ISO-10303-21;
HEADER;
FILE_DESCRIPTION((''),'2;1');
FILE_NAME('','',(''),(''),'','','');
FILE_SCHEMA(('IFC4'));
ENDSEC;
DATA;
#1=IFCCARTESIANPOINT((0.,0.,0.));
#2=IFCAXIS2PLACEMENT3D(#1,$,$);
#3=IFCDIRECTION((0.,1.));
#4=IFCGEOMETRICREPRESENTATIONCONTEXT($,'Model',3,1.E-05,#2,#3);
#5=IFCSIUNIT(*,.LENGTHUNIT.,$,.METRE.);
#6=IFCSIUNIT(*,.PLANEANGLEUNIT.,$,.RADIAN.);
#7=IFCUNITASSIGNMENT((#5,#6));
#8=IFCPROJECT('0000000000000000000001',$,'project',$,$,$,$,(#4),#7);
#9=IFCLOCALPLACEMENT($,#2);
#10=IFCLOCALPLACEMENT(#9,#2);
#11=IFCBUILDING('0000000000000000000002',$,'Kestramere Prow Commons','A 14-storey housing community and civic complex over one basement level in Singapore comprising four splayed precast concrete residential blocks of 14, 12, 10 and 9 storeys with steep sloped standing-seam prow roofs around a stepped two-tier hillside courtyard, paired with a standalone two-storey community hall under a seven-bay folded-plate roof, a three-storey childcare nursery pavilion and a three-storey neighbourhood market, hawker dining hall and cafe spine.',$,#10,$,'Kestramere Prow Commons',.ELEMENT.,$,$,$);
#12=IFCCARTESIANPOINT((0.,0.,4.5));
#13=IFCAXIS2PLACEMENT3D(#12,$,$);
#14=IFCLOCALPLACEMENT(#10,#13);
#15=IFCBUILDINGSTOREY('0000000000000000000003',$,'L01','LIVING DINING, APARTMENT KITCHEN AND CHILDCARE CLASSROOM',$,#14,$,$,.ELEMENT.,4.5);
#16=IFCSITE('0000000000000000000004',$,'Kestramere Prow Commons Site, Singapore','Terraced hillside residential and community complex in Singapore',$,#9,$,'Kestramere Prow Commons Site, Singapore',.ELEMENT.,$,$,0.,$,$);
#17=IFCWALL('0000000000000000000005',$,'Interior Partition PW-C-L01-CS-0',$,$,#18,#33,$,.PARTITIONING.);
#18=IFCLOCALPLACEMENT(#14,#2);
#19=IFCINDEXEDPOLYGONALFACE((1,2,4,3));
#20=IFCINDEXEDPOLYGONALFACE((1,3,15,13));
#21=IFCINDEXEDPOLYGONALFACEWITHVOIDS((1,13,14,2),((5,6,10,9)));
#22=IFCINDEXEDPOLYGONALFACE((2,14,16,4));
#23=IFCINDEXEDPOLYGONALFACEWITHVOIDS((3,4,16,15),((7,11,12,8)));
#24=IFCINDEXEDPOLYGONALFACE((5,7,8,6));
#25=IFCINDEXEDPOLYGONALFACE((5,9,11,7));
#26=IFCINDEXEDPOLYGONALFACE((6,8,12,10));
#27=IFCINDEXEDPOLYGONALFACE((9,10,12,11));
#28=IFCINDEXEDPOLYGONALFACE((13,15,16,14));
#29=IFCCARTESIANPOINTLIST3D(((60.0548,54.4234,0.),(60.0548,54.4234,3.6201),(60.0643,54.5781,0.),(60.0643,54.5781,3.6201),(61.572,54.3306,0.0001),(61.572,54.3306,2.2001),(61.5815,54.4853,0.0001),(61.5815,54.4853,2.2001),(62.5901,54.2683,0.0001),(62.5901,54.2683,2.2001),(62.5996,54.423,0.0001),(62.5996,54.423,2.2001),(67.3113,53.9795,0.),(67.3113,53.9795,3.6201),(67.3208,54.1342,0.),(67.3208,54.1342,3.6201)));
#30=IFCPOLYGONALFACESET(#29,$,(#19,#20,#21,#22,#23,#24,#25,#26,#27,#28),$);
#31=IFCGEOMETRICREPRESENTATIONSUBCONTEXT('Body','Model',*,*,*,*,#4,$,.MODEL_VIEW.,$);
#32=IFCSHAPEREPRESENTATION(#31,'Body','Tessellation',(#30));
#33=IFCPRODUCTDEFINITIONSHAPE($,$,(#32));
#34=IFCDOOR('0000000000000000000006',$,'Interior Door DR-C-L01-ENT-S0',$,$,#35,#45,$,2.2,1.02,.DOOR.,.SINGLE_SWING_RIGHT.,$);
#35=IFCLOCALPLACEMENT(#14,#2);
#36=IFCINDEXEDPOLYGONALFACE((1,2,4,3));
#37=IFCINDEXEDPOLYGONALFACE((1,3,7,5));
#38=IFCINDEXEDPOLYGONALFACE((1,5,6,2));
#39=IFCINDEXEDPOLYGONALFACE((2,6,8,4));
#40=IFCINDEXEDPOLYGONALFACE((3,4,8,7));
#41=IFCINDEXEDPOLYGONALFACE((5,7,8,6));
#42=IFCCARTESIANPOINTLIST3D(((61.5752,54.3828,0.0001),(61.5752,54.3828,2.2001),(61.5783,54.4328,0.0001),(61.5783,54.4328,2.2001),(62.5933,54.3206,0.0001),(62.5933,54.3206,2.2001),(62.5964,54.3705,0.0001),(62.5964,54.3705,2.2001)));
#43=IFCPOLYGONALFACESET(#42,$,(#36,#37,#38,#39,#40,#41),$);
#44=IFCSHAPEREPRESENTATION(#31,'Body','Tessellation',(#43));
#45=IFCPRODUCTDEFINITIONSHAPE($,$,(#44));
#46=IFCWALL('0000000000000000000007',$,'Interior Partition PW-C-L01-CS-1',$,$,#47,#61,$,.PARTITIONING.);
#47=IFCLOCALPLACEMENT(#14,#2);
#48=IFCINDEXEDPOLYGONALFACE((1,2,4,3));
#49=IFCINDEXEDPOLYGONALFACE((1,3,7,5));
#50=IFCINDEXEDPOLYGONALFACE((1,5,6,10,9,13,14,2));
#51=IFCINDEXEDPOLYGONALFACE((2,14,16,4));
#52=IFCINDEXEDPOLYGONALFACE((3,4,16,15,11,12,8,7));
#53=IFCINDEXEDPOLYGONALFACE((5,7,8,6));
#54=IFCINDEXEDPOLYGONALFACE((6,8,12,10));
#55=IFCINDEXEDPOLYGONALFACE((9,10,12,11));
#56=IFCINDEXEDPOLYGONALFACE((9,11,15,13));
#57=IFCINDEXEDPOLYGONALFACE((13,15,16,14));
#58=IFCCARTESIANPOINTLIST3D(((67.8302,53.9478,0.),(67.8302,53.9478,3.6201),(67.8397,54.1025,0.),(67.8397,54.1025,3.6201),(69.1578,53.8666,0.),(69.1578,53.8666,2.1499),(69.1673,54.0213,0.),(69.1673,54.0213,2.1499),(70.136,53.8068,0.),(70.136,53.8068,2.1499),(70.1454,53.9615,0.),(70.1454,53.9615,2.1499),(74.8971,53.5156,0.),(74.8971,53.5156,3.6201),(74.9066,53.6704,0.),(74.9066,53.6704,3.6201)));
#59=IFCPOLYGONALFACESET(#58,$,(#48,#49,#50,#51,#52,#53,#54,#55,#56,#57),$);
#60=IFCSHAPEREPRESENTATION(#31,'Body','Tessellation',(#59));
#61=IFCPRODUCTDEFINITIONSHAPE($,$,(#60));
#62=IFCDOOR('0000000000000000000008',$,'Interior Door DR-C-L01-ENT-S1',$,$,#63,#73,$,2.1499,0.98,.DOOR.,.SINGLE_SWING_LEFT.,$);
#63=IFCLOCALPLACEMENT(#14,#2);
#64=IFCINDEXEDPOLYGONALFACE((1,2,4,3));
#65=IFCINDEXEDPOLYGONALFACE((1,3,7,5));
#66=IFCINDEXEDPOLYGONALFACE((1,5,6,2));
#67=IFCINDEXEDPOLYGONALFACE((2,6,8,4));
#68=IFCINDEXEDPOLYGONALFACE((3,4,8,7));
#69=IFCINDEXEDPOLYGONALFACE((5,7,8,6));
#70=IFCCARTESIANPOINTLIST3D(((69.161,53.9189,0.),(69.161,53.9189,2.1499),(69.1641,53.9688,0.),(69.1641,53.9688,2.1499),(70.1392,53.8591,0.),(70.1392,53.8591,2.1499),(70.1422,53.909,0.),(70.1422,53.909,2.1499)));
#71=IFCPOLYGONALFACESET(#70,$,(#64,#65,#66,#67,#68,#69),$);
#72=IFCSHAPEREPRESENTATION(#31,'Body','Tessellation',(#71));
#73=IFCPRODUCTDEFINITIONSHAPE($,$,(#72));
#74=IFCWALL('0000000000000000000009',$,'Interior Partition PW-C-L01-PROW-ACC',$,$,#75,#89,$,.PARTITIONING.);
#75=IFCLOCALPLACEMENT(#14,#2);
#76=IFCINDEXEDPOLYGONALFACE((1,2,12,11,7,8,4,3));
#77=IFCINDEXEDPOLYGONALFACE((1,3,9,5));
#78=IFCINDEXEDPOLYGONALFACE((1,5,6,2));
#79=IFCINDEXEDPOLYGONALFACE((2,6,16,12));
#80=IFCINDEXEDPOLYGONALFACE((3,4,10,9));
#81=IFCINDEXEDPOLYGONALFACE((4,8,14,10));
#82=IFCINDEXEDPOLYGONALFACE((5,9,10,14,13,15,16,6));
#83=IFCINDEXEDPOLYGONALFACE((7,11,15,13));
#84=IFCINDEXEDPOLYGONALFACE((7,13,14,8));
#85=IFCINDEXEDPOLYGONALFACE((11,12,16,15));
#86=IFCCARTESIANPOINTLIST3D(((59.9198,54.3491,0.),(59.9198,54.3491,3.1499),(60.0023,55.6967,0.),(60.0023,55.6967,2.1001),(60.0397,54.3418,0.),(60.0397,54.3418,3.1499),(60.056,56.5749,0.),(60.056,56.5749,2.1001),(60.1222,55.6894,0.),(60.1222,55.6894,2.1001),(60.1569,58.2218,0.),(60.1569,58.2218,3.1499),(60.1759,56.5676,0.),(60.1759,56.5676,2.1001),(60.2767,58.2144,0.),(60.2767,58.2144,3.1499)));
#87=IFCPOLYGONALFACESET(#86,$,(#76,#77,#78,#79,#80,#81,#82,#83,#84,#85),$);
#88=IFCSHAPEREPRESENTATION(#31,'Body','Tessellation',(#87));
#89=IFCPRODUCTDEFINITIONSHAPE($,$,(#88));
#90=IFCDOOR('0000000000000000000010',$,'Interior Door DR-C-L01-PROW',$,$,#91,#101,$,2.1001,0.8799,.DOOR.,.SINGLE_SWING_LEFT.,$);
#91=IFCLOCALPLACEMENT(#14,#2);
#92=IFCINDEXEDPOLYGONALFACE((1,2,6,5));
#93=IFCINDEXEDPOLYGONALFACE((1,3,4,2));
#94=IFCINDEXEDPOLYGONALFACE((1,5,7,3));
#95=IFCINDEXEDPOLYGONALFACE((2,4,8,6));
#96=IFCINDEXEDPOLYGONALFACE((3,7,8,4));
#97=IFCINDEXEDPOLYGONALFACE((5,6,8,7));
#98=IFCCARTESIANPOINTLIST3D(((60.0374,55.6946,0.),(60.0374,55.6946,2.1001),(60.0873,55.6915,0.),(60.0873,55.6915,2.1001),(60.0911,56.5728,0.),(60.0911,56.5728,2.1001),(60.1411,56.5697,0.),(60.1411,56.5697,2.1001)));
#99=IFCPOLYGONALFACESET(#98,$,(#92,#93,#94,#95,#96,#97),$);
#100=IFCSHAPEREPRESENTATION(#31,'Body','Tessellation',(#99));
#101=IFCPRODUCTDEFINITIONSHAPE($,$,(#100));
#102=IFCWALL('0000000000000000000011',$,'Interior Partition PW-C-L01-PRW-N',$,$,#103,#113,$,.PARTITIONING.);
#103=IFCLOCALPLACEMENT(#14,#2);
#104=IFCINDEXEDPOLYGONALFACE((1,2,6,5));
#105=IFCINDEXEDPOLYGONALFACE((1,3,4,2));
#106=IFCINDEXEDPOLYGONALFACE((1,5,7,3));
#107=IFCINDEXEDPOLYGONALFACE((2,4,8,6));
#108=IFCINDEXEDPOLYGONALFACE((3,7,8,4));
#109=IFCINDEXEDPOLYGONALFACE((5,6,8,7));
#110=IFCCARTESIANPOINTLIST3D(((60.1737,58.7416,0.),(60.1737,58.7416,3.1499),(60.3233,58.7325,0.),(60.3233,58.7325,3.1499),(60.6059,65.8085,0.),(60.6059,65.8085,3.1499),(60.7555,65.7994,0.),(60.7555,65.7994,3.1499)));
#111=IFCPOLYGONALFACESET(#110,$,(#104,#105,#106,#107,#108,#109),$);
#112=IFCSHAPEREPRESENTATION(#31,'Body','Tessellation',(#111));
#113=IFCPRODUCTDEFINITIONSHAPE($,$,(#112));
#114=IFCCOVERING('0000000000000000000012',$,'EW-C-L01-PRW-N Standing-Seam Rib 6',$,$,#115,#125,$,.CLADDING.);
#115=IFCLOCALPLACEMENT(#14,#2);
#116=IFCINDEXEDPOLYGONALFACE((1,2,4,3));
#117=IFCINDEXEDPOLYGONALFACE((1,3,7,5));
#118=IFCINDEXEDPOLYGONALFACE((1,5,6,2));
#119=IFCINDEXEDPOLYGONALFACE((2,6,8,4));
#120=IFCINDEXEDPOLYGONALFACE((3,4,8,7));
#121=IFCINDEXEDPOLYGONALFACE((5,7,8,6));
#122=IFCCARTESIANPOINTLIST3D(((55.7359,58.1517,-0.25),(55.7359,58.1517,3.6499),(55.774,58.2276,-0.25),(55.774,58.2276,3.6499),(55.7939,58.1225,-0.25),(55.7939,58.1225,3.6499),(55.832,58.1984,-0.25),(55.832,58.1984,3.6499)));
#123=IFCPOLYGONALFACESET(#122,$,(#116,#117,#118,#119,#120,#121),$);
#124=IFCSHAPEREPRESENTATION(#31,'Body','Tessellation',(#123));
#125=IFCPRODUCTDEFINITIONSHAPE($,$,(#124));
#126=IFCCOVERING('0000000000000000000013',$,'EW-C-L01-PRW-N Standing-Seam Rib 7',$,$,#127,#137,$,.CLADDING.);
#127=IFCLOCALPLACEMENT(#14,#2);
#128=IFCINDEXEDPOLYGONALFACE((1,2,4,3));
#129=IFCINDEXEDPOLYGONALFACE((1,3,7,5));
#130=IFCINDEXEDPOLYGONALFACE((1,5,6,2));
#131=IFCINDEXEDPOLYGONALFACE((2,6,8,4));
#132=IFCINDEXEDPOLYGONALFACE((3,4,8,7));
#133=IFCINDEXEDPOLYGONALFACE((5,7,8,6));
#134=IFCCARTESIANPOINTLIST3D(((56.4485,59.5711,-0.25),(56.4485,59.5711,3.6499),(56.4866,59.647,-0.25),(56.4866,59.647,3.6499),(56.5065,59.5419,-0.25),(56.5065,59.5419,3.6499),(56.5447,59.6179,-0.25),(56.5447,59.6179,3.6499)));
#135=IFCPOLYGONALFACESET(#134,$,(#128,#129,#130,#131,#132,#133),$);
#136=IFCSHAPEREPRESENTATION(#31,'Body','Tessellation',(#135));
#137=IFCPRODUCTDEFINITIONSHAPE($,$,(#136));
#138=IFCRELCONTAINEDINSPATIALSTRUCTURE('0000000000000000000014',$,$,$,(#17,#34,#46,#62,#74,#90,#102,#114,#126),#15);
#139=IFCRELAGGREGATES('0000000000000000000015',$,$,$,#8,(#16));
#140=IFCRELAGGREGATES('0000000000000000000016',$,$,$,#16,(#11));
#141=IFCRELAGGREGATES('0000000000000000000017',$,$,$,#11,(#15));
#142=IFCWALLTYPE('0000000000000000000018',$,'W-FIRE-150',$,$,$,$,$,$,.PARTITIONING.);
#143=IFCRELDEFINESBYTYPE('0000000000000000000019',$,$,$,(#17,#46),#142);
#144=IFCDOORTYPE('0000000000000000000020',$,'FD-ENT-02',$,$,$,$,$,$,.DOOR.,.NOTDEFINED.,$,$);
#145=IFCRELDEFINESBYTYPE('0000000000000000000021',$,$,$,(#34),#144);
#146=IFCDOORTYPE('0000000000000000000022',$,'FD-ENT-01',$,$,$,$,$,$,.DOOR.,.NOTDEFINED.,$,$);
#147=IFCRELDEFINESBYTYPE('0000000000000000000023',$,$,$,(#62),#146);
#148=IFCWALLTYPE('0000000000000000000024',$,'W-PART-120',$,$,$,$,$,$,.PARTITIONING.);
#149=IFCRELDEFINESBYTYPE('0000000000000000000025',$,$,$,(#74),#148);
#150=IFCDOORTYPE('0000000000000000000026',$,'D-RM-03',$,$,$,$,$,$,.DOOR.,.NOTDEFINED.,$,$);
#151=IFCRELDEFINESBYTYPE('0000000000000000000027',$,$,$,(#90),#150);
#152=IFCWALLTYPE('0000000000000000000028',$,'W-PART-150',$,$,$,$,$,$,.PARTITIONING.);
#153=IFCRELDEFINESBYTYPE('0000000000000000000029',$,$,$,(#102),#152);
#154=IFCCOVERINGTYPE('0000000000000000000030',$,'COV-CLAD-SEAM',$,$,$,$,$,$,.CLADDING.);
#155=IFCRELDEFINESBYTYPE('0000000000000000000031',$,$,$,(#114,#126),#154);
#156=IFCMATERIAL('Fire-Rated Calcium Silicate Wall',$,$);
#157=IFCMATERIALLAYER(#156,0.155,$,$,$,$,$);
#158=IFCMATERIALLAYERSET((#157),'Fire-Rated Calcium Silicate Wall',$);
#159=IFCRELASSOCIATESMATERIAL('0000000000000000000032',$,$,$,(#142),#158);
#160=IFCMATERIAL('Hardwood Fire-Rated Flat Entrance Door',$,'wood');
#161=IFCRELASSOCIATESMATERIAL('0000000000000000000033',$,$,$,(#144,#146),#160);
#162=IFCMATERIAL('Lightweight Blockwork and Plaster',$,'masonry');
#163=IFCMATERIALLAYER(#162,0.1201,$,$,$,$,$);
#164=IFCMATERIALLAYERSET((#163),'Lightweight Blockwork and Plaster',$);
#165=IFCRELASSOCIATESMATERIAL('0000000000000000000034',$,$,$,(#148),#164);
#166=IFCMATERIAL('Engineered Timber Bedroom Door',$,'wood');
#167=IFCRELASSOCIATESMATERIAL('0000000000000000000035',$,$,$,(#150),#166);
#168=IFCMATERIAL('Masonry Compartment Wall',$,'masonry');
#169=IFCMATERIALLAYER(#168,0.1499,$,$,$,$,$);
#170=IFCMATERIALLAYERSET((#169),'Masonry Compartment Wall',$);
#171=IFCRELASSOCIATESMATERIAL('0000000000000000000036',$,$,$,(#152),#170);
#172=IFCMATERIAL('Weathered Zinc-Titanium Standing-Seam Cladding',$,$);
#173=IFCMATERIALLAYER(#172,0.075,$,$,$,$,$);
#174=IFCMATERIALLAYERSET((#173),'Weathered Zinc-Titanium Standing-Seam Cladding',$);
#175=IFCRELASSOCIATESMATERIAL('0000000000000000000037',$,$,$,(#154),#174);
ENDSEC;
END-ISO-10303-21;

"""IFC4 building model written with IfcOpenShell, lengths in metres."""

from ifc_helpers import new_model, si_unit, direction, frame, frame_2d, origin, origin_2d, place, context, subcontext, project, spatial, rectangle, extrude, material, layer, layer_set, type_object, element, fill, save


model = new_model("IFC4")

# Units and contexts
model_context = context("Model", 3, precision=1e-05, world=origin(), true_north=direction((0.0, 1.0)))
body_context = subcontext(model_context, "Body", "Model", "MODEL_VIEW")
ifc_project = project(units=[si_unit("LENGTHUNIT", "METRE"), si_unit("PLANEANGLEUNIT", "RADIAN")], contexts=[model_context])

# Site, building, storey
site_placement = place(None, origin())
site = spatial("IfcSite", under=ifc_project, at=site_placement, Name="Kestramere Prow Commons Site, Singapore", Description="Terraced hillside residential and community complex in Singapore", LongName="Kestramere Prow Commons Site, Singapore", CompositionType="ELEMENT", RefElevation=0.0)
building_placement = place(site_placement, origin())
building = spatial("IfcBuilding", under=site, at=building_placement, Name="Kestramere Prow Commons", Description="A 14-storey housing community and civic complex over one basement level in Singapore comprising four splayed precast concrete residential blocks of 14, 12, 10 and 9 storeys with steep sloped standing-seam prow roofs around a stepped two-tier hillside courtyard, paired with a standalone two-storey community hall under a seven-bay folded-plate roof, a three-storey childcare nursery pavilion and a three-storey neighbourhood market, hawker dining hall and cafe spine.", LongName="Kestramere Prow Commons", CompositionType="ELEMENT")
storey_placement = place(building_placement, frame((0.0, 0.0, 4.5)))
storey = spatial("IfcBuildingStorey", under=building, at=storey_placement, Name="L01", Description="LIVING DINING, APARTMENT KITCHEN AND CHILDCARE CLASSROOM", CompositionType="ELEMENT", Elevation=4.5)

# Shared definitions
ifc_material_1 = material(Name="Fire-Rated Calcium Silicate Wall")
ifc_layer_1 = layer(ifc_material_1, 0.155)
ifc_layer_set_1 = layer_set([ifc_layer_1], Name="Fire-Rated Calcium Silicate Wall")
wall_type_1 = type_object("IfcWallType", Name="W-FIRE-150", PredefinedType="PARTITIONING", material=ifc_layer_set_1)

# Walls, openings, doors
wall_1_placement = place(storey_placement, frame((60.0596, 54.5007, 0.0), z_axis=(0.0, 0.0, 1.0), x_axis=(0.998135, -0.061053, 0.0)))
wall_1 = element("IfcWall", 1, at=wall_1_placement, inside=storey, type_object=wall_type_1, Name="Interior Partition PW-C-L01-CS-0", PredefinedType="PARTITIONING", context=body_context, shape_type="SweptSolid", body=[
    extrude(rectangle(XDim=7.27, YDim=0.155, at=frame_2d((3.635, 0.0))), origin(), (0.0, 0.0, 1.0), 3.6201),
])
opening_1_placement = place(wall_1_placement, frame((1.52, 0.0, 0.0)))
opening_1 = element("IfcOpeningElement", 2, at=opening_1_placement, cuts=wall_1, PredefinedType="OPENING", context=body_context, shape_type="SweptSolid", body=[
    extrude(rectangle(XDim=1.02, YDim=2.2, at=frame_2d((0.51, 1.1001))), frame((0.0, 0.0925, 0.0), z_axis=(0.0, -1.0, 0.0), x_axis=(1.0, 0.0, 0.0)), (0.0, 0.0, 1.0), 0.1851),
])
ifc_material_2 = material(Name="Hardwood Fire-Rated Flat Entrance Door", Category="wood")
door_type_1 = type_object("IfcDoorType", Name="FD-ENT-02", OperationType="NOTDEFINED", PredefinedType="DOOR", material=ifc_material_2)
door_1_placement = place(opening_1_placement, origin())
door_1 = element("IfcDoor", 3, at=door_1_placement, inside=storey, type_object=door_type_1, Name="Interior Door DR-C-L01-ENT-S0", OperationType="SINGLE_SWING_RIGHT", OverallHeight=2.2, OverallWidth=1.02, PredefinedType="DOOR", context=body_context, shape_type="SweptSolid", body=[
    extrude(rectangle(XDim=1.02, YDim=2.2, at=frame_2d((0.51, 1.1001))), frame((0.0, 0.0249, 0.0), z_axis=(0.0, -1.0, 0.0), x_axis=(1.0, 0.0, 0.0)), (0.0, 0.0, 1.0), 0.05),
])
fill(opening_1, door_1)
wall_2_placement = place(storey_placement, frame((67.835, 54.0251, 0.0), z_axis=(0.0, 0.0, 1.0), x_axis=(0.998136, -0.061034, 0.0)))
wall_2 = element("IfcWall", 4, at=wall_2_placement, inside=storey, type_object=wall_type_1, Name="Interior Partition PW-C-L01-CS-1", PredefinedType="PARTITIONING", context=body_context, shape_type="SweptSolid", body=[
    extrude(rectangle(XDim=7.0801, YDim=0.155, at=frame_2d((3.54, 0.0))), origin(), (0.0, 0.0, 1.0), 3.6201),
])
opening_2_placement = place(wall_2_placement, frame((1.3301, 0.0, 0.0)))
opening_2 = element("IfcOpeningElement", 5, at=opening_2_placement, cuts=wall_2, PredefinedType="OPENING", context=body_context, shape_type="SweptSolid", body=[
    extrude(rectangle(XDim=0.98, YDim=2.1499, at=frame_2d((0.49, 1.075))), frame((0.0, 0.0925, 0.0), z_axis=(0.0, -1.0, 0.0), x_axis=(1.0, 0.0, 0.0)), (0.0, 0.0, 1.0), 0.1851),
])
door_type_2 = type_object("IfcDoorType", Name="FD-ENT-01", OperationType="NOTDEFINED", PredefinedType="DOOR", material=ifc_material_2)
door_2_placement = place(opening_2_placement, origin())
door_2 = element("IfcDoor", 6, at=door_2_placement, inside=storey, type_object=door_type_2, Name="Interior Door DR-C-L01-ENT-S1", OperationType="SINGLE_SWING_LEFT", OverallHeight=2.1499, OverallWidth=0.98, PredefinedType="DOOR", context=body_context, shape_type="SweptSolid", body=[
    extrude(rectangle(XDim=0.98, YDim=2.1499, at=frame_2d((0.49, 1.075))), frame((0.0, 0.0249, 0.0), z_axis=(0.0, -1.0, 0.0), x_axis=(1.0, 0.0, 0.0)), (0.0, 0.0, 1.0), 0.05),
])
fill(opening_2, door_2)
ifc_material_3 = material(Name="Lightweight Blockwork and Plaster", Category="masonry")
ifc_layer_2 = layer(ifc_material_3, 0.1201)
ifc_layer_set_2 = layer_set([ifc_layer_2], Name="Lightweight Blockwork and Plaster")
wall_type_2 = type_object("IfcWallType", Name="W-PART-120", PredefinedType="PARTITIONING", material=ifc_layer_set_2)
wall_3_placement = place(storey_placement, frame((59.9797, 54.3455, 0.0), z_axis=(0.0, 0.0, 1.0), x_axis=(0.061101, 0.998132, 0.0)))
wall_3 = element("IfcWall", 7, at=wall_3_placement, inside=storey, type_object=wall_type_2, Name="Interior Partition PW-C-L01-PROW-ACC", PredefinedType="PARTITIONING", context=body_context, shape_type="SweptSolid", body=[
    extrude(rectangle(XDim=3.8799, YDim=0.1201, at=frame_2d((1.9399, 0.0))), origin(), (0.0, 0.0, 1.0), 3.1499),
])
opening_3_placement = place(wall_3_placement, frame((1.3501, 0.0, 0.0)))
opening_3 = element("IfcOpeningElement", 8, at=opening_3_placement, cuts=wall_3, PredefinedType="OPENING", context=body_context, shape_type="SweptSolid", body=[
    extrude(rectangle(XDim=0.8799, YDim=2.1001, at=frame_2d((0.4399, 1.05))), frame((0.0, 0.075, 0.0), z_axis=(0.0, -1.0, 0.0), x_axis=(1.0, 0.0, 0.0)), (0.0, 0.0, 1.0), 0.1501),
])
ifc_material_4 = material(Name="Engineered Timber Bedroom Door", Category="wood")
door_type_3 = type_object("IfcDoorType", Name="D-RM-03", OperationType="NOTDEFINED", PredefinedType="DOOR", material=ifc_material_4)
door_3_placement = place(opening_3_placement, origin())
door_3 = element("IfcDoor", 9, at=door_3_placement, inside=storey, type_object=door_type_3, Name="Interior Door DR-C-L01-PROW", OperationType="SINGLE_SWING_LEFT", OverallHeight=2.1001, OverallWidth=0.8799, PredefinedType="DOOR", context=body_context, shape_type="SweptSolid", body=[
    extrude(rectangle(XDim=0.8799, YDim=2.1001, at=frame_2d((0.4399, 1.05))), frame((0.0, 0.0249, 0.0), z_axis=(0.0, -1.0, 0.0), x_axis=(1.0, 0.0, 0.0)), (0.0, 0.0, 1.0), 0.05),
])
fill(opening_3, door_3)

# Wall
ifc_material_5 = material(Name="Masonry Compartment Wall", Category="masonry")
ifc_layer_3 = layer(ifc_material_5, 0.1499)
ifc_layer_set_3 = layer_set([ifc_layer_3], Name="Masonry Compartment Wall")
wall_type_3 = type_object("IfcWallType", Name="W-PART-150", PredefinedType="PARTITIONING", material=ifc_layer_set_3)
wall_4_placement = place(storey_placement, frame((60.2485, 58.7371, 0.0), z_axis=(0.0, 0.0, 1.0), x_axis=(0.061034, 0.998136, 0.0)))
element("IfcWall", 10, at=wall_4_placement, inside=storey, type_object=wall_type_3, Name="Interior Partition PW-C-L01-PRW-N", PredefinedType="PARTITIONING", context=body_context, shape_type="SweptSolid", body=[
    extrude(rectangle(XDim=7.0801, YDim=0.1499, at=frame_2d((3.54, 0.0))), origin(), (0.0, 0.0, 1.0), 3.1499),
])

# Coverings
ifc_material_6 = material(Name="Weathered Zinc-Titanium Standing-Seam Cladding")
ifc_layer_4 = layer(ifc_material_6, 0.075)
ifc_layer_set_4 = layer_set([ifc_layer_4], Name="Weathered Zinc-Titanium Standing-Seam Cladding")
covering_type = type_object("IfcCoveringType", Name="COV-CLAD-SEAM", PredefinedType="CLADDING", material=ifc_layer_set_4)
for number, where, z_axis, x_axis, name in (
    (11, (55.7839, 58.175, -0.25), (0.0, 0.0, 1.0), (0.44862, 0.893722, 0.0), "EW-C-L01-PRW-N Standing-Seam Rib 6"),
    (12, (56.4966, 59.5945, -0.25), (0.0, 0.0, 1.0), (0.44862, 0.893722, 0.0), "EW-C-L01-PRW-N Standing-Seam Rib 7"),
):
    element("IfcCovering", number, at=place(storey_placement, frame(where, z_axis=z_axis, x_axis=x_axis)), inside=storey, type_object=covering_type, Name=name, PredefinedType="CLADDING", context=body_context, shape_type="SweptSolid", body=[
        extrude(rectangle(XDim=0.085, YDim=0.0649, at=origin_2d()), origin(), (0.0, 0.0, 1.0), 3.8999),
    ])

save(model, "model.ifc")
